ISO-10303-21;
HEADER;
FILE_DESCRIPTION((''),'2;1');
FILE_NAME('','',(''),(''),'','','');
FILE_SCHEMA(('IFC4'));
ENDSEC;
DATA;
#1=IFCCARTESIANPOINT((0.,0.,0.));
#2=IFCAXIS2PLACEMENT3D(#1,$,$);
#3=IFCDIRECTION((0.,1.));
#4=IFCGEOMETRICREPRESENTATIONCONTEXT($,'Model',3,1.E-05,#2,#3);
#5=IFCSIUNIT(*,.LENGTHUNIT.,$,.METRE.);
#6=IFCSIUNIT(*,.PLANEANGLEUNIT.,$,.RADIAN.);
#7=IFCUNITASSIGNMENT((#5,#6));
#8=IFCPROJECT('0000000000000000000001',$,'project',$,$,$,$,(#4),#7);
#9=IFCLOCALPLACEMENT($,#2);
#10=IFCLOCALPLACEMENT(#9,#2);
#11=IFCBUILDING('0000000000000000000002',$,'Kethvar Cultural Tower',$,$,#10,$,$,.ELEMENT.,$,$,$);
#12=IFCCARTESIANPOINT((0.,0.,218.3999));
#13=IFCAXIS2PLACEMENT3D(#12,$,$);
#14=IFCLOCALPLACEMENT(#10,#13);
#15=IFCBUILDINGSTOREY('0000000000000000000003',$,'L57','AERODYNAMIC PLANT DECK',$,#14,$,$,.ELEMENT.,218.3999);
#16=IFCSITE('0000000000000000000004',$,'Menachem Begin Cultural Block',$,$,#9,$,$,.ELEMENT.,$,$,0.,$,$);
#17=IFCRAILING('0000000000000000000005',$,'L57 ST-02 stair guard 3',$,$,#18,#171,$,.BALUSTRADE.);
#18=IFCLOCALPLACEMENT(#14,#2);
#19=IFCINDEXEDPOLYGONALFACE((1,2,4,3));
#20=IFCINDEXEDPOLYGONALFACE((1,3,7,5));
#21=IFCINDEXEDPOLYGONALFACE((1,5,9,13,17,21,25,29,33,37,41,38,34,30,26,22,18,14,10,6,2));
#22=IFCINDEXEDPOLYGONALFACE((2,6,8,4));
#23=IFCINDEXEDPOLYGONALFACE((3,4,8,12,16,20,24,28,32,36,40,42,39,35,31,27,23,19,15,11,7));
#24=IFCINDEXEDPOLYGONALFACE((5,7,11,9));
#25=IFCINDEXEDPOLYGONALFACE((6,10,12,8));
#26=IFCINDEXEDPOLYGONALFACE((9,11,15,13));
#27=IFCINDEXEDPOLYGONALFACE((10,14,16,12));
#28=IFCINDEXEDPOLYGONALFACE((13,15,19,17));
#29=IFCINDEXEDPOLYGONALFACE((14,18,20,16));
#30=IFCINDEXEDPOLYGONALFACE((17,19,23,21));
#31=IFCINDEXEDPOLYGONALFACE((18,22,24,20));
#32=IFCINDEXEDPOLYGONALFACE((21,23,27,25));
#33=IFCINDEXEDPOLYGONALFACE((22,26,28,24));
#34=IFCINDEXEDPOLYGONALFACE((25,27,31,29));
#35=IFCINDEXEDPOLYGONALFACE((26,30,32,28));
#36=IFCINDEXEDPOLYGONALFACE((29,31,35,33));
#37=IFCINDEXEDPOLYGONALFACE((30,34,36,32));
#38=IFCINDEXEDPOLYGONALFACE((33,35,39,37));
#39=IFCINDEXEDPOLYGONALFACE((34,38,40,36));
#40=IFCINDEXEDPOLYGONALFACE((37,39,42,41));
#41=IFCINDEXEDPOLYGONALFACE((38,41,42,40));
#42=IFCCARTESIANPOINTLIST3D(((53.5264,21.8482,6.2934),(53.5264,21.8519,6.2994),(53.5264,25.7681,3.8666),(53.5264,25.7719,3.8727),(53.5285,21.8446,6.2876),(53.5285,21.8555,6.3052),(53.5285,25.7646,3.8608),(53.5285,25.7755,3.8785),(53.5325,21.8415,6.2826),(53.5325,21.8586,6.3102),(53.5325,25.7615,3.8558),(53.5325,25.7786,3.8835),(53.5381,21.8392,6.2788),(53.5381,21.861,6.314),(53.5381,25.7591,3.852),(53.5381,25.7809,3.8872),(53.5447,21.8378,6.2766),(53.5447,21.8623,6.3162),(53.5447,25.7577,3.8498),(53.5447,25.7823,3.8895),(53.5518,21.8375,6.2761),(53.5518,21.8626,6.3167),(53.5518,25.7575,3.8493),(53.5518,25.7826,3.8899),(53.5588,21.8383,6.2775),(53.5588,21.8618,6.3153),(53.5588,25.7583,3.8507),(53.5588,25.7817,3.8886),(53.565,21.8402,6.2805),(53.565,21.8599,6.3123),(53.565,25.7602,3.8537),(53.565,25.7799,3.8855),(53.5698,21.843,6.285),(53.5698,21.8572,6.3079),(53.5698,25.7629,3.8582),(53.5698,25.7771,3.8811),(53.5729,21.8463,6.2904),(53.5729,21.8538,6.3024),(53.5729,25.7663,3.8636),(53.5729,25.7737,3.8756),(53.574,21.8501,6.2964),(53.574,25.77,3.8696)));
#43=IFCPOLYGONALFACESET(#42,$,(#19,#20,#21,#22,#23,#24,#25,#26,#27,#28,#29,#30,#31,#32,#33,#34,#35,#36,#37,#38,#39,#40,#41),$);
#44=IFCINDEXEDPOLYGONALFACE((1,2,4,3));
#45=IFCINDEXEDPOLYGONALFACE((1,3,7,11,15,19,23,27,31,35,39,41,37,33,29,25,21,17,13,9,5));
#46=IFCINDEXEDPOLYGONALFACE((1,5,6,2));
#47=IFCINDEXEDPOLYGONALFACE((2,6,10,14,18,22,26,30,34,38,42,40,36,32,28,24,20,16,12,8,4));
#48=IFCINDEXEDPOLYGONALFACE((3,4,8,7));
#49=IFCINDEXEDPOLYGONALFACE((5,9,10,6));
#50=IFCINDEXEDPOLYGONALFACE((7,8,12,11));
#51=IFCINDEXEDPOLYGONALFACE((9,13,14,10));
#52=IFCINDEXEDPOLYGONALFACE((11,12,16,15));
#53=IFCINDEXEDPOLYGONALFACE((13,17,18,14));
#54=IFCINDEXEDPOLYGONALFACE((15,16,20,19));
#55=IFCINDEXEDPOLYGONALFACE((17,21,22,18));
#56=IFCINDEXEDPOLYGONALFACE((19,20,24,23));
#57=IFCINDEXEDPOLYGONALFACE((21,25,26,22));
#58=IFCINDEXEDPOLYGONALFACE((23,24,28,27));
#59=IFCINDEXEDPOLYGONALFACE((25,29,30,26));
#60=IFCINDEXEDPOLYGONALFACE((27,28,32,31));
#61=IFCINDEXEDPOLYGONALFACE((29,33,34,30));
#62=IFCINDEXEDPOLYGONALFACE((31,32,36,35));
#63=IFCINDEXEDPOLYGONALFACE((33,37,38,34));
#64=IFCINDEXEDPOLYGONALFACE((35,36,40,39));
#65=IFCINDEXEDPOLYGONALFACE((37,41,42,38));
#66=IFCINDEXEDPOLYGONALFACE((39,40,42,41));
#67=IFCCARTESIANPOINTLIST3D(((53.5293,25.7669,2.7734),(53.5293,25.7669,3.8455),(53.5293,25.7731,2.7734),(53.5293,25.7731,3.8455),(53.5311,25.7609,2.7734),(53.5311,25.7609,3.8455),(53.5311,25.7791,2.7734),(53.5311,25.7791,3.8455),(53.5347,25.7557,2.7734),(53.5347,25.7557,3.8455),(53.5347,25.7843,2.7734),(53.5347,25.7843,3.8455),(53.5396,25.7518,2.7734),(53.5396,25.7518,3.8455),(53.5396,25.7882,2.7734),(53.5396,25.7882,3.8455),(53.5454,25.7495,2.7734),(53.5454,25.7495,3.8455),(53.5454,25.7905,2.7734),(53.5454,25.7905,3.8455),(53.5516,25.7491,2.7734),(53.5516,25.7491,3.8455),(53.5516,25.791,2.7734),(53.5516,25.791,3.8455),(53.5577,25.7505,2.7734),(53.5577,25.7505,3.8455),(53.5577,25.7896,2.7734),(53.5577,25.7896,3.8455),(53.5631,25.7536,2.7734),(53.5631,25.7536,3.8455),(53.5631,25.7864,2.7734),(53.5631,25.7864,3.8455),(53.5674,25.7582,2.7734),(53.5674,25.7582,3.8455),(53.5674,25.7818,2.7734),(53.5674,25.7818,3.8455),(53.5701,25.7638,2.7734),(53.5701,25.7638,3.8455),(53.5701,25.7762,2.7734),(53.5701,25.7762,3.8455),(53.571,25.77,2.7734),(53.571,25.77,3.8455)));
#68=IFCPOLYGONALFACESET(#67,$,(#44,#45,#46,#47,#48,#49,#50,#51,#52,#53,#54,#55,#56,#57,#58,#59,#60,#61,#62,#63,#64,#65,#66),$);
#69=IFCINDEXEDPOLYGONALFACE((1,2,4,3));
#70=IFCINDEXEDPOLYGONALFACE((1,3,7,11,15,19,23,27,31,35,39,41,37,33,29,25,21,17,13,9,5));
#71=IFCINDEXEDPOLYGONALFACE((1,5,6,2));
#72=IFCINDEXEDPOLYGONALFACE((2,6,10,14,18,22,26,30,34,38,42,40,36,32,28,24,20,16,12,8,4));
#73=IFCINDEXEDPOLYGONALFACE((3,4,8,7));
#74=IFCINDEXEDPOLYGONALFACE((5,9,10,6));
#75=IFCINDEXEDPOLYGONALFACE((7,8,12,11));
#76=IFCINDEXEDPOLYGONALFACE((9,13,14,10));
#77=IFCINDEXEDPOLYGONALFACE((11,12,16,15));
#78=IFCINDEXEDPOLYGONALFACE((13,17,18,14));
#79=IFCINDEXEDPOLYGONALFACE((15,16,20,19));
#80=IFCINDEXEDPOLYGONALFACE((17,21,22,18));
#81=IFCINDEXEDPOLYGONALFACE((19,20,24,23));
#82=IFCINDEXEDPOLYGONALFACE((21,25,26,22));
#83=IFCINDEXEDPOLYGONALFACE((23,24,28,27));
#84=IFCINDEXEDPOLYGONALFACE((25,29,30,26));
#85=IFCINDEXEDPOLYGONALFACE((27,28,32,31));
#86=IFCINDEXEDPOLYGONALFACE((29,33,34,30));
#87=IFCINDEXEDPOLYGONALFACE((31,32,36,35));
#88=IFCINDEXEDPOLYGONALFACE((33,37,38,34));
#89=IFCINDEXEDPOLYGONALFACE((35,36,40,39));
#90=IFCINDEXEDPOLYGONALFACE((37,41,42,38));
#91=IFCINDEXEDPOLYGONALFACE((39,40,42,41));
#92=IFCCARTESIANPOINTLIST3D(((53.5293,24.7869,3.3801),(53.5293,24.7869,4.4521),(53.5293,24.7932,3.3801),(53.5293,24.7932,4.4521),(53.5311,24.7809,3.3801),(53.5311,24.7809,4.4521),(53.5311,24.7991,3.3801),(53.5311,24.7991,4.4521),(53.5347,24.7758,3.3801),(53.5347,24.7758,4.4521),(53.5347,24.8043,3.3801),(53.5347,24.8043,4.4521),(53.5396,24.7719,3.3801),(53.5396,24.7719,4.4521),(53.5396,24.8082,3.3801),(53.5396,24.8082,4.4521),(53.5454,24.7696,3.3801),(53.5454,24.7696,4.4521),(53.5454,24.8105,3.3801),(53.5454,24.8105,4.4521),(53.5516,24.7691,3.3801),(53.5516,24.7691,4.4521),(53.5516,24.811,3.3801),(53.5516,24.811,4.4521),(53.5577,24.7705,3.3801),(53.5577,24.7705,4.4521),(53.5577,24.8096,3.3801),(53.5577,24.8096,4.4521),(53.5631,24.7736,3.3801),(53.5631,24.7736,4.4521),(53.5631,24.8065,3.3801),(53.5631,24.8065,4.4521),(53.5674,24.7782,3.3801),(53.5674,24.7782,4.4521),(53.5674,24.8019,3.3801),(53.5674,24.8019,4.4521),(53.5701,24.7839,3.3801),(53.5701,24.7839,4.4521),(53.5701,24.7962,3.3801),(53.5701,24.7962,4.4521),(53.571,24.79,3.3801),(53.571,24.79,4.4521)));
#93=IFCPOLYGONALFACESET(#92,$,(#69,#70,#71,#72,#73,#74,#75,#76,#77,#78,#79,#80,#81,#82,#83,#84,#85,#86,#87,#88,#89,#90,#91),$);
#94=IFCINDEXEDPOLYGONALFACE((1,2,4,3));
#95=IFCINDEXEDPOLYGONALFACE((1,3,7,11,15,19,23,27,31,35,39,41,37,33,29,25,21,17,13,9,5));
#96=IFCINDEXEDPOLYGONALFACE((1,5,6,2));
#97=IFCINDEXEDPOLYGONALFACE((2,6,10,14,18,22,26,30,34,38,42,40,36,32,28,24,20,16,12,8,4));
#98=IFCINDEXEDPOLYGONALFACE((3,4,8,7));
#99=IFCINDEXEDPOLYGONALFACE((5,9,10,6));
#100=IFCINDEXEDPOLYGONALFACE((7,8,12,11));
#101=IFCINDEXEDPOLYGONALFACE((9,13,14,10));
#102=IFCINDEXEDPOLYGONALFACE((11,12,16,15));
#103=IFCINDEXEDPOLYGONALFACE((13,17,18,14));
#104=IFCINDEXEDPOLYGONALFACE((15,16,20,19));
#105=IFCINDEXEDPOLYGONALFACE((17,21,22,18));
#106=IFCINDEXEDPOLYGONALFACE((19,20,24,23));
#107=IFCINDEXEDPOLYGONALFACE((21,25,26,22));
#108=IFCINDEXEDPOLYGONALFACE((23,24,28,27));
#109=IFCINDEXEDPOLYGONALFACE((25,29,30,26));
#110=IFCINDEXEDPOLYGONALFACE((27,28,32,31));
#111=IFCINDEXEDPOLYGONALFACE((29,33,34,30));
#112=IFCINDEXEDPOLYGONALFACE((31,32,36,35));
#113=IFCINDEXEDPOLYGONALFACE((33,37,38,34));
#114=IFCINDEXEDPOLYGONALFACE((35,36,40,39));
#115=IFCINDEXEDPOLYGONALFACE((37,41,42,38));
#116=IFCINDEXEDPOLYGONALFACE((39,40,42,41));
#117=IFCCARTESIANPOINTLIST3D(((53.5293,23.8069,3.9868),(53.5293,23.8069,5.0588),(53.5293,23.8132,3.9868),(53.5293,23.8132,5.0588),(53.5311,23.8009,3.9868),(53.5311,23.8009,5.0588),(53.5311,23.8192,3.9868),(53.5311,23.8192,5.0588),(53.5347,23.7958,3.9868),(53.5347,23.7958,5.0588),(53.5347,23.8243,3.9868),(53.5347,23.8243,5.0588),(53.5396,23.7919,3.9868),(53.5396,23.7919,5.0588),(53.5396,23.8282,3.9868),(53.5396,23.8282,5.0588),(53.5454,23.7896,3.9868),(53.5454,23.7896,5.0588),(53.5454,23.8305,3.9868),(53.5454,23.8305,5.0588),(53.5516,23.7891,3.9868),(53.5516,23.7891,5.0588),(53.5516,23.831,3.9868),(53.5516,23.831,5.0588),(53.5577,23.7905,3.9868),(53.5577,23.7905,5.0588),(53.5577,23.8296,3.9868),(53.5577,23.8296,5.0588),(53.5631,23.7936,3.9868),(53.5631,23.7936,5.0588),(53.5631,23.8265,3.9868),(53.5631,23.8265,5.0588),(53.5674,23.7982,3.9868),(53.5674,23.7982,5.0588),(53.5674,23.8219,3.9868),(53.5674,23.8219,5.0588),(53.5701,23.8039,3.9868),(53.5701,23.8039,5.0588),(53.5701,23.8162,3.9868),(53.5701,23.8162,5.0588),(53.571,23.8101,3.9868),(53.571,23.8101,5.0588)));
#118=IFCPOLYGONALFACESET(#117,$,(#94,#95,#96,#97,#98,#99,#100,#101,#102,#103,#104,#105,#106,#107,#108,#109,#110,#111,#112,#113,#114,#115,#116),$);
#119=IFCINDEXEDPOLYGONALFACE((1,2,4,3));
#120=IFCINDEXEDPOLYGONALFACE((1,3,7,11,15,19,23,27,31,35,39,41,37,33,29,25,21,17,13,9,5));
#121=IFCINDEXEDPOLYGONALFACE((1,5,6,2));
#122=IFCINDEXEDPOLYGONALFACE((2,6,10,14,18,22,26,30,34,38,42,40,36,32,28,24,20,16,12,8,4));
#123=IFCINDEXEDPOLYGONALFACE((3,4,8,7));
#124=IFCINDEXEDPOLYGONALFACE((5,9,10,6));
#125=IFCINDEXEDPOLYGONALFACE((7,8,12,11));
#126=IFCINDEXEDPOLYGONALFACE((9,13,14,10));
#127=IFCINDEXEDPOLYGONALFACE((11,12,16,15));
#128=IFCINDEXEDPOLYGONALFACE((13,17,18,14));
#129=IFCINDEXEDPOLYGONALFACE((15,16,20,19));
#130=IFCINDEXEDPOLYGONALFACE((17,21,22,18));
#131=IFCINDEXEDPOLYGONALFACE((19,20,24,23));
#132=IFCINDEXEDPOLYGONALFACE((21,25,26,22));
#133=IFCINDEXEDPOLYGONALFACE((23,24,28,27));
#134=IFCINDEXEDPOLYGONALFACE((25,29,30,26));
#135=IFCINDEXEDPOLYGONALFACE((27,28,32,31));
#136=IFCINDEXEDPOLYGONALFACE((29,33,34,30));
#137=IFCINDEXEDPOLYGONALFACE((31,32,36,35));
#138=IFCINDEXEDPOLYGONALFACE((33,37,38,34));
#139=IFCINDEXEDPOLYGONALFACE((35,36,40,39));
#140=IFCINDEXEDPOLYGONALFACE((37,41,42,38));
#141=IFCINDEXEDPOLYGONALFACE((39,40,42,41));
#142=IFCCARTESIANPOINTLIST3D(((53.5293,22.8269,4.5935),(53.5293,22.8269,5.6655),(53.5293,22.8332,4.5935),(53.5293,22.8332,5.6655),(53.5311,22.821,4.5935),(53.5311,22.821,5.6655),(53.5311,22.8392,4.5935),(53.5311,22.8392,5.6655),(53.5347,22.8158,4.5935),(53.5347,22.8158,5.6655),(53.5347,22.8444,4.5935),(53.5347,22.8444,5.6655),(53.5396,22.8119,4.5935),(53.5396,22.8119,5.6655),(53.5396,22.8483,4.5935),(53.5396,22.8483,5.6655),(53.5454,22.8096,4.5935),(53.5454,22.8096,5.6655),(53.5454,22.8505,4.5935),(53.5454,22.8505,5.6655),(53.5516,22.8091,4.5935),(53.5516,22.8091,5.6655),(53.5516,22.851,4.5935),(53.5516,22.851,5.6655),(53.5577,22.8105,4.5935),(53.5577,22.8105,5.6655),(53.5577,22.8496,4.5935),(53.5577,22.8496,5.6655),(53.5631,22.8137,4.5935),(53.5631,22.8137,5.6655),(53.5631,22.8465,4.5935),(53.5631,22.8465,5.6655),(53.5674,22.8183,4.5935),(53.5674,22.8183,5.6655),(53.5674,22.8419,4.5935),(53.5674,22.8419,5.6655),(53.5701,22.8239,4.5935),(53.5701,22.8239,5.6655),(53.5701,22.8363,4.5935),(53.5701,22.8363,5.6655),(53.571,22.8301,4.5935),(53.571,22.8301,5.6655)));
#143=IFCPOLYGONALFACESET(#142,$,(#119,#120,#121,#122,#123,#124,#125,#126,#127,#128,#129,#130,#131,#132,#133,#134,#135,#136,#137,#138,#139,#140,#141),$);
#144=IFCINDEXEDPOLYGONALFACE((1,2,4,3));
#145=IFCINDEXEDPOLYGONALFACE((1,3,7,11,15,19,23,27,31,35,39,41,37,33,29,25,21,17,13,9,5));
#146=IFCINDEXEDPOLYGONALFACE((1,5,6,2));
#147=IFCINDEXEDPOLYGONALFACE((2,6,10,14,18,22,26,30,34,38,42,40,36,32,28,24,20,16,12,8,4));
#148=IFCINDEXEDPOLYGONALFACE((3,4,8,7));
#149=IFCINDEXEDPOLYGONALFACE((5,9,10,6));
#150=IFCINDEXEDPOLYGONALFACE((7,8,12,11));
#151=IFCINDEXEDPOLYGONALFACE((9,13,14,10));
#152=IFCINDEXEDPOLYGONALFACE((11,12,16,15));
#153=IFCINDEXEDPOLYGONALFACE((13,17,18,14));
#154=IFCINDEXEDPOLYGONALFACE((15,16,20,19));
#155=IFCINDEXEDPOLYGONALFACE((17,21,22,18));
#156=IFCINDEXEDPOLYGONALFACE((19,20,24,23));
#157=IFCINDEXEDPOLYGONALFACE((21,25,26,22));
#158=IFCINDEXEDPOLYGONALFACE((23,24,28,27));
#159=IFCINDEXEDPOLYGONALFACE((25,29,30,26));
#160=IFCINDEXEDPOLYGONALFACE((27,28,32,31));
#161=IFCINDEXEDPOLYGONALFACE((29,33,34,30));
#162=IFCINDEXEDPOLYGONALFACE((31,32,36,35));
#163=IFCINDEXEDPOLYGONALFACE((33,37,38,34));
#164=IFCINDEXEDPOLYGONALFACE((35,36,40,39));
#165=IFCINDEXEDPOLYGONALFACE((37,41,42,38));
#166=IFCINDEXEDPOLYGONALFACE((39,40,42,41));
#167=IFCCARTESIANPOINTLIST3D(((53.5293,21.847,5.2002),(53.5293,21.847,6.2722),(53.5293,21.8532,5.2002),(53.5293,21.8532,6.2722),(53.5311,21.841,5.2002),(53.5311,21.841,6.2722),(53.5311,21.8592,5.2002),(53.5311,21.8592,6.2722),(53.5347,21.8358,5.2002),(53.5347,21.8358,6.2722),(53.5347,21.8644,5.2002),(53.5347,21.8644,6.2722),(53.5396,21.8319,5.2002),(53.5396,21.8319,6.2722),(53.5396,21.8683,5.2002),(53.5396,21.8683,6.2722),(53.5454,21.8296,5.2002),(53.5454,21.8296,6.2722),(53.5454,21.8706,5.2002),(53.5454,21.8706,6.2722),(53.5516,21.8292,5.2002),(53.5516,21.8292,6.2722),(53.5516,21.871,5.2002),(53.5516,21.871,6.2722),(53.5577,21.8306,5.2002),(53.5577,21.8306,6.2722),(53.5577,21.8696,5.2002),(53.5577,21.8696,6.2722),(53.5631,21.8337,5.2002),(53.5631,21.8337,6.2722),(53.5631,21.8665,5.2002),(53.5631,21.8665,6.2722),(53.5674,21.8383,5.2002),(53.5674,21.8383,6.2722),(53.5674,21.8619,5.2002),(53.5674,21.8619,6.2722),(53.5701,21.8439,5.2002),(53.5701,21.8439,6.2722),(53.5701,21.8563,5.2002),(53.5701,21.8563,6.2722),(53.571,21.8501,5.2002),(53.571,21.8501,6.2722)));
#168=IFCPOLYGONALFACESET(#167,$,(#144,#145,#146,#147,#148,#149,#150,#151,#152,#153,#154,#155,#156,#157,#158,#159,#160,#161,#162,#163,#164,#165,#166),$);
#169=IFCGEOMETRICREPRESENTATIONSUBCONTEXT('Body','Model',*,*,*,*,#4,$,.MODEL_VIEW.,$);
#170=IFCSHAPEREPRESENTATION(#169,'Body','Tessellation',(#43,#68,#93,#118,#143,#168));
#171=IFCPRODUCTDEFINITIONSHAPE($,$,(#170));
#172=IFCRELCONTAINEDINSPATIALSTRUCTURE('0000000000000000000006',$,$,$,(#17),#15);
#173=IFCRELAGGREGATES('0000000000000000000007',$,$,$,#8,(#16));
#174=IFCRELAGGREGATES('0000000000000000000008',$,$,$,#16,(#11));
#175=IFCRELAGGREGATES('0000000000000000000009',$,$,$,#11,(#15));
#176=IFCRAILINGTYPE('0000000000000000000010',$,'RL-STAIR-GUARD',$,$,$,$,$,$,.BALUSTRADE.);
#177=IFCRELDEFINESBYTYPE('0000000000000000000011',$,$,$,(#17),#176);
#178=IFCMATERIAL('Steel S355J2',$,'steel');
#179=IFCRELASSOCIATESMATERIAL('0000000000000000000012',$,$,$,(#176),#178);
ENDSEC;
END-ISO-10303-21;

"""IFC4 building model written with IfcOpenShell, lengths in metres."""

from ifc_helpers import new_model, si_unit, direction, frame, origin, origin_2d, place, context, subcontext, project, spatial, circle, extrude, material, type_object, element, save


model = new_model("IFC4")

# Units and contexts
model_context = context("Model", 3, precision=1e-05, world=origin(), true_north=direction((0.0, 1.0)))
body_context = subcontext(model_context, "Body", "Model", "MODEL_VIEW")
ifc_project = project(units=[si_unit("LENGTHUNIT", "METRE"), si_unit("PLANEANGLEUNIT", "RADIAN")], contexts=[model_context])

# Site, building, storey
site_placement = place(None, origin())
site = spatial("IfcSite", under=ifc_project, at=site_placement, Name="Menachem Begin Cultural Block", CompositionType="ELEMENT", RefElevation=0.0)
building_placement = place(site_placement, origin())
building = spatial("IfcBuilding", under=site, at=building_placement, Name="Kethvar Cultural Tower", CompositionType="ELEMENT")
storey_placement = place(building_placement, frame((0.0, 0.0, 218.3999)))
storey = spatial("IfcBuildingStorey", under=building, at=storey_placement, Name="L57", Description="AERODYNAMIC PLANT DECK", CompositionType="ELEMENT", Elevation=218.3999)

# Shared definitions
ifc_material_1 = material(Name="Steel S355J2", Category="steel")

# Railing
railing_type_1 = type_object("IfcRailingType", Name="RL-STAIR-GUARD", PredefinedType="BALUSTRADE", material=ifc_material_1)
railing_1_placement = place(storey_placement, frame((53.55, 25.77, 2.7734)))
element("IfcRailing", 1, at=railing_1_placement, inside=storey, type_object=railing_type_1, Name="L57 ST-02 stair guard 3", PredefinedType="BALUSTRADE", context=body_context, shape_type="SweptSolid", body=[
    extrude(circle(Radius=0.0239, at=origin_2d()), frame((0.0, 0.0, 1.0962), z_axis=(0.0, -0.850252, 0.526376), x_axis=(1.0, 0.0, 0.0)), (0.0, 0.0, 1.0), 4.6104),
    extrude(circle(Radius=0.021, at=origin_2d()), origin(), (0.0, 0.0, 1.0), 1.072),
    extrude(circle(Radius=0.021, at=origin_2d()), frame((0.0, -0.98, 0.6067)), (0.0, 0.0, 1.0), 1.072),
    extrude(circle(Radius=0.021, at=origin_2d()), frame((0.0, -1.96, 1.2134)), (0.0, 0.0, 1.0), 1.072),
    extrude(circle(Radius=0.021, at=origin_2d()), frame((0.0, -2.9399, 1.8201)), (0.0, 0.0, 1.0), 1.072),
    extrude(circle(Radius=0.021, at=origin_2d()), frame((0.0, -3.9199, 2.4268)), (0.0, 0.0, 1.0), 1.072),
])

save(model, "model.ifc")
